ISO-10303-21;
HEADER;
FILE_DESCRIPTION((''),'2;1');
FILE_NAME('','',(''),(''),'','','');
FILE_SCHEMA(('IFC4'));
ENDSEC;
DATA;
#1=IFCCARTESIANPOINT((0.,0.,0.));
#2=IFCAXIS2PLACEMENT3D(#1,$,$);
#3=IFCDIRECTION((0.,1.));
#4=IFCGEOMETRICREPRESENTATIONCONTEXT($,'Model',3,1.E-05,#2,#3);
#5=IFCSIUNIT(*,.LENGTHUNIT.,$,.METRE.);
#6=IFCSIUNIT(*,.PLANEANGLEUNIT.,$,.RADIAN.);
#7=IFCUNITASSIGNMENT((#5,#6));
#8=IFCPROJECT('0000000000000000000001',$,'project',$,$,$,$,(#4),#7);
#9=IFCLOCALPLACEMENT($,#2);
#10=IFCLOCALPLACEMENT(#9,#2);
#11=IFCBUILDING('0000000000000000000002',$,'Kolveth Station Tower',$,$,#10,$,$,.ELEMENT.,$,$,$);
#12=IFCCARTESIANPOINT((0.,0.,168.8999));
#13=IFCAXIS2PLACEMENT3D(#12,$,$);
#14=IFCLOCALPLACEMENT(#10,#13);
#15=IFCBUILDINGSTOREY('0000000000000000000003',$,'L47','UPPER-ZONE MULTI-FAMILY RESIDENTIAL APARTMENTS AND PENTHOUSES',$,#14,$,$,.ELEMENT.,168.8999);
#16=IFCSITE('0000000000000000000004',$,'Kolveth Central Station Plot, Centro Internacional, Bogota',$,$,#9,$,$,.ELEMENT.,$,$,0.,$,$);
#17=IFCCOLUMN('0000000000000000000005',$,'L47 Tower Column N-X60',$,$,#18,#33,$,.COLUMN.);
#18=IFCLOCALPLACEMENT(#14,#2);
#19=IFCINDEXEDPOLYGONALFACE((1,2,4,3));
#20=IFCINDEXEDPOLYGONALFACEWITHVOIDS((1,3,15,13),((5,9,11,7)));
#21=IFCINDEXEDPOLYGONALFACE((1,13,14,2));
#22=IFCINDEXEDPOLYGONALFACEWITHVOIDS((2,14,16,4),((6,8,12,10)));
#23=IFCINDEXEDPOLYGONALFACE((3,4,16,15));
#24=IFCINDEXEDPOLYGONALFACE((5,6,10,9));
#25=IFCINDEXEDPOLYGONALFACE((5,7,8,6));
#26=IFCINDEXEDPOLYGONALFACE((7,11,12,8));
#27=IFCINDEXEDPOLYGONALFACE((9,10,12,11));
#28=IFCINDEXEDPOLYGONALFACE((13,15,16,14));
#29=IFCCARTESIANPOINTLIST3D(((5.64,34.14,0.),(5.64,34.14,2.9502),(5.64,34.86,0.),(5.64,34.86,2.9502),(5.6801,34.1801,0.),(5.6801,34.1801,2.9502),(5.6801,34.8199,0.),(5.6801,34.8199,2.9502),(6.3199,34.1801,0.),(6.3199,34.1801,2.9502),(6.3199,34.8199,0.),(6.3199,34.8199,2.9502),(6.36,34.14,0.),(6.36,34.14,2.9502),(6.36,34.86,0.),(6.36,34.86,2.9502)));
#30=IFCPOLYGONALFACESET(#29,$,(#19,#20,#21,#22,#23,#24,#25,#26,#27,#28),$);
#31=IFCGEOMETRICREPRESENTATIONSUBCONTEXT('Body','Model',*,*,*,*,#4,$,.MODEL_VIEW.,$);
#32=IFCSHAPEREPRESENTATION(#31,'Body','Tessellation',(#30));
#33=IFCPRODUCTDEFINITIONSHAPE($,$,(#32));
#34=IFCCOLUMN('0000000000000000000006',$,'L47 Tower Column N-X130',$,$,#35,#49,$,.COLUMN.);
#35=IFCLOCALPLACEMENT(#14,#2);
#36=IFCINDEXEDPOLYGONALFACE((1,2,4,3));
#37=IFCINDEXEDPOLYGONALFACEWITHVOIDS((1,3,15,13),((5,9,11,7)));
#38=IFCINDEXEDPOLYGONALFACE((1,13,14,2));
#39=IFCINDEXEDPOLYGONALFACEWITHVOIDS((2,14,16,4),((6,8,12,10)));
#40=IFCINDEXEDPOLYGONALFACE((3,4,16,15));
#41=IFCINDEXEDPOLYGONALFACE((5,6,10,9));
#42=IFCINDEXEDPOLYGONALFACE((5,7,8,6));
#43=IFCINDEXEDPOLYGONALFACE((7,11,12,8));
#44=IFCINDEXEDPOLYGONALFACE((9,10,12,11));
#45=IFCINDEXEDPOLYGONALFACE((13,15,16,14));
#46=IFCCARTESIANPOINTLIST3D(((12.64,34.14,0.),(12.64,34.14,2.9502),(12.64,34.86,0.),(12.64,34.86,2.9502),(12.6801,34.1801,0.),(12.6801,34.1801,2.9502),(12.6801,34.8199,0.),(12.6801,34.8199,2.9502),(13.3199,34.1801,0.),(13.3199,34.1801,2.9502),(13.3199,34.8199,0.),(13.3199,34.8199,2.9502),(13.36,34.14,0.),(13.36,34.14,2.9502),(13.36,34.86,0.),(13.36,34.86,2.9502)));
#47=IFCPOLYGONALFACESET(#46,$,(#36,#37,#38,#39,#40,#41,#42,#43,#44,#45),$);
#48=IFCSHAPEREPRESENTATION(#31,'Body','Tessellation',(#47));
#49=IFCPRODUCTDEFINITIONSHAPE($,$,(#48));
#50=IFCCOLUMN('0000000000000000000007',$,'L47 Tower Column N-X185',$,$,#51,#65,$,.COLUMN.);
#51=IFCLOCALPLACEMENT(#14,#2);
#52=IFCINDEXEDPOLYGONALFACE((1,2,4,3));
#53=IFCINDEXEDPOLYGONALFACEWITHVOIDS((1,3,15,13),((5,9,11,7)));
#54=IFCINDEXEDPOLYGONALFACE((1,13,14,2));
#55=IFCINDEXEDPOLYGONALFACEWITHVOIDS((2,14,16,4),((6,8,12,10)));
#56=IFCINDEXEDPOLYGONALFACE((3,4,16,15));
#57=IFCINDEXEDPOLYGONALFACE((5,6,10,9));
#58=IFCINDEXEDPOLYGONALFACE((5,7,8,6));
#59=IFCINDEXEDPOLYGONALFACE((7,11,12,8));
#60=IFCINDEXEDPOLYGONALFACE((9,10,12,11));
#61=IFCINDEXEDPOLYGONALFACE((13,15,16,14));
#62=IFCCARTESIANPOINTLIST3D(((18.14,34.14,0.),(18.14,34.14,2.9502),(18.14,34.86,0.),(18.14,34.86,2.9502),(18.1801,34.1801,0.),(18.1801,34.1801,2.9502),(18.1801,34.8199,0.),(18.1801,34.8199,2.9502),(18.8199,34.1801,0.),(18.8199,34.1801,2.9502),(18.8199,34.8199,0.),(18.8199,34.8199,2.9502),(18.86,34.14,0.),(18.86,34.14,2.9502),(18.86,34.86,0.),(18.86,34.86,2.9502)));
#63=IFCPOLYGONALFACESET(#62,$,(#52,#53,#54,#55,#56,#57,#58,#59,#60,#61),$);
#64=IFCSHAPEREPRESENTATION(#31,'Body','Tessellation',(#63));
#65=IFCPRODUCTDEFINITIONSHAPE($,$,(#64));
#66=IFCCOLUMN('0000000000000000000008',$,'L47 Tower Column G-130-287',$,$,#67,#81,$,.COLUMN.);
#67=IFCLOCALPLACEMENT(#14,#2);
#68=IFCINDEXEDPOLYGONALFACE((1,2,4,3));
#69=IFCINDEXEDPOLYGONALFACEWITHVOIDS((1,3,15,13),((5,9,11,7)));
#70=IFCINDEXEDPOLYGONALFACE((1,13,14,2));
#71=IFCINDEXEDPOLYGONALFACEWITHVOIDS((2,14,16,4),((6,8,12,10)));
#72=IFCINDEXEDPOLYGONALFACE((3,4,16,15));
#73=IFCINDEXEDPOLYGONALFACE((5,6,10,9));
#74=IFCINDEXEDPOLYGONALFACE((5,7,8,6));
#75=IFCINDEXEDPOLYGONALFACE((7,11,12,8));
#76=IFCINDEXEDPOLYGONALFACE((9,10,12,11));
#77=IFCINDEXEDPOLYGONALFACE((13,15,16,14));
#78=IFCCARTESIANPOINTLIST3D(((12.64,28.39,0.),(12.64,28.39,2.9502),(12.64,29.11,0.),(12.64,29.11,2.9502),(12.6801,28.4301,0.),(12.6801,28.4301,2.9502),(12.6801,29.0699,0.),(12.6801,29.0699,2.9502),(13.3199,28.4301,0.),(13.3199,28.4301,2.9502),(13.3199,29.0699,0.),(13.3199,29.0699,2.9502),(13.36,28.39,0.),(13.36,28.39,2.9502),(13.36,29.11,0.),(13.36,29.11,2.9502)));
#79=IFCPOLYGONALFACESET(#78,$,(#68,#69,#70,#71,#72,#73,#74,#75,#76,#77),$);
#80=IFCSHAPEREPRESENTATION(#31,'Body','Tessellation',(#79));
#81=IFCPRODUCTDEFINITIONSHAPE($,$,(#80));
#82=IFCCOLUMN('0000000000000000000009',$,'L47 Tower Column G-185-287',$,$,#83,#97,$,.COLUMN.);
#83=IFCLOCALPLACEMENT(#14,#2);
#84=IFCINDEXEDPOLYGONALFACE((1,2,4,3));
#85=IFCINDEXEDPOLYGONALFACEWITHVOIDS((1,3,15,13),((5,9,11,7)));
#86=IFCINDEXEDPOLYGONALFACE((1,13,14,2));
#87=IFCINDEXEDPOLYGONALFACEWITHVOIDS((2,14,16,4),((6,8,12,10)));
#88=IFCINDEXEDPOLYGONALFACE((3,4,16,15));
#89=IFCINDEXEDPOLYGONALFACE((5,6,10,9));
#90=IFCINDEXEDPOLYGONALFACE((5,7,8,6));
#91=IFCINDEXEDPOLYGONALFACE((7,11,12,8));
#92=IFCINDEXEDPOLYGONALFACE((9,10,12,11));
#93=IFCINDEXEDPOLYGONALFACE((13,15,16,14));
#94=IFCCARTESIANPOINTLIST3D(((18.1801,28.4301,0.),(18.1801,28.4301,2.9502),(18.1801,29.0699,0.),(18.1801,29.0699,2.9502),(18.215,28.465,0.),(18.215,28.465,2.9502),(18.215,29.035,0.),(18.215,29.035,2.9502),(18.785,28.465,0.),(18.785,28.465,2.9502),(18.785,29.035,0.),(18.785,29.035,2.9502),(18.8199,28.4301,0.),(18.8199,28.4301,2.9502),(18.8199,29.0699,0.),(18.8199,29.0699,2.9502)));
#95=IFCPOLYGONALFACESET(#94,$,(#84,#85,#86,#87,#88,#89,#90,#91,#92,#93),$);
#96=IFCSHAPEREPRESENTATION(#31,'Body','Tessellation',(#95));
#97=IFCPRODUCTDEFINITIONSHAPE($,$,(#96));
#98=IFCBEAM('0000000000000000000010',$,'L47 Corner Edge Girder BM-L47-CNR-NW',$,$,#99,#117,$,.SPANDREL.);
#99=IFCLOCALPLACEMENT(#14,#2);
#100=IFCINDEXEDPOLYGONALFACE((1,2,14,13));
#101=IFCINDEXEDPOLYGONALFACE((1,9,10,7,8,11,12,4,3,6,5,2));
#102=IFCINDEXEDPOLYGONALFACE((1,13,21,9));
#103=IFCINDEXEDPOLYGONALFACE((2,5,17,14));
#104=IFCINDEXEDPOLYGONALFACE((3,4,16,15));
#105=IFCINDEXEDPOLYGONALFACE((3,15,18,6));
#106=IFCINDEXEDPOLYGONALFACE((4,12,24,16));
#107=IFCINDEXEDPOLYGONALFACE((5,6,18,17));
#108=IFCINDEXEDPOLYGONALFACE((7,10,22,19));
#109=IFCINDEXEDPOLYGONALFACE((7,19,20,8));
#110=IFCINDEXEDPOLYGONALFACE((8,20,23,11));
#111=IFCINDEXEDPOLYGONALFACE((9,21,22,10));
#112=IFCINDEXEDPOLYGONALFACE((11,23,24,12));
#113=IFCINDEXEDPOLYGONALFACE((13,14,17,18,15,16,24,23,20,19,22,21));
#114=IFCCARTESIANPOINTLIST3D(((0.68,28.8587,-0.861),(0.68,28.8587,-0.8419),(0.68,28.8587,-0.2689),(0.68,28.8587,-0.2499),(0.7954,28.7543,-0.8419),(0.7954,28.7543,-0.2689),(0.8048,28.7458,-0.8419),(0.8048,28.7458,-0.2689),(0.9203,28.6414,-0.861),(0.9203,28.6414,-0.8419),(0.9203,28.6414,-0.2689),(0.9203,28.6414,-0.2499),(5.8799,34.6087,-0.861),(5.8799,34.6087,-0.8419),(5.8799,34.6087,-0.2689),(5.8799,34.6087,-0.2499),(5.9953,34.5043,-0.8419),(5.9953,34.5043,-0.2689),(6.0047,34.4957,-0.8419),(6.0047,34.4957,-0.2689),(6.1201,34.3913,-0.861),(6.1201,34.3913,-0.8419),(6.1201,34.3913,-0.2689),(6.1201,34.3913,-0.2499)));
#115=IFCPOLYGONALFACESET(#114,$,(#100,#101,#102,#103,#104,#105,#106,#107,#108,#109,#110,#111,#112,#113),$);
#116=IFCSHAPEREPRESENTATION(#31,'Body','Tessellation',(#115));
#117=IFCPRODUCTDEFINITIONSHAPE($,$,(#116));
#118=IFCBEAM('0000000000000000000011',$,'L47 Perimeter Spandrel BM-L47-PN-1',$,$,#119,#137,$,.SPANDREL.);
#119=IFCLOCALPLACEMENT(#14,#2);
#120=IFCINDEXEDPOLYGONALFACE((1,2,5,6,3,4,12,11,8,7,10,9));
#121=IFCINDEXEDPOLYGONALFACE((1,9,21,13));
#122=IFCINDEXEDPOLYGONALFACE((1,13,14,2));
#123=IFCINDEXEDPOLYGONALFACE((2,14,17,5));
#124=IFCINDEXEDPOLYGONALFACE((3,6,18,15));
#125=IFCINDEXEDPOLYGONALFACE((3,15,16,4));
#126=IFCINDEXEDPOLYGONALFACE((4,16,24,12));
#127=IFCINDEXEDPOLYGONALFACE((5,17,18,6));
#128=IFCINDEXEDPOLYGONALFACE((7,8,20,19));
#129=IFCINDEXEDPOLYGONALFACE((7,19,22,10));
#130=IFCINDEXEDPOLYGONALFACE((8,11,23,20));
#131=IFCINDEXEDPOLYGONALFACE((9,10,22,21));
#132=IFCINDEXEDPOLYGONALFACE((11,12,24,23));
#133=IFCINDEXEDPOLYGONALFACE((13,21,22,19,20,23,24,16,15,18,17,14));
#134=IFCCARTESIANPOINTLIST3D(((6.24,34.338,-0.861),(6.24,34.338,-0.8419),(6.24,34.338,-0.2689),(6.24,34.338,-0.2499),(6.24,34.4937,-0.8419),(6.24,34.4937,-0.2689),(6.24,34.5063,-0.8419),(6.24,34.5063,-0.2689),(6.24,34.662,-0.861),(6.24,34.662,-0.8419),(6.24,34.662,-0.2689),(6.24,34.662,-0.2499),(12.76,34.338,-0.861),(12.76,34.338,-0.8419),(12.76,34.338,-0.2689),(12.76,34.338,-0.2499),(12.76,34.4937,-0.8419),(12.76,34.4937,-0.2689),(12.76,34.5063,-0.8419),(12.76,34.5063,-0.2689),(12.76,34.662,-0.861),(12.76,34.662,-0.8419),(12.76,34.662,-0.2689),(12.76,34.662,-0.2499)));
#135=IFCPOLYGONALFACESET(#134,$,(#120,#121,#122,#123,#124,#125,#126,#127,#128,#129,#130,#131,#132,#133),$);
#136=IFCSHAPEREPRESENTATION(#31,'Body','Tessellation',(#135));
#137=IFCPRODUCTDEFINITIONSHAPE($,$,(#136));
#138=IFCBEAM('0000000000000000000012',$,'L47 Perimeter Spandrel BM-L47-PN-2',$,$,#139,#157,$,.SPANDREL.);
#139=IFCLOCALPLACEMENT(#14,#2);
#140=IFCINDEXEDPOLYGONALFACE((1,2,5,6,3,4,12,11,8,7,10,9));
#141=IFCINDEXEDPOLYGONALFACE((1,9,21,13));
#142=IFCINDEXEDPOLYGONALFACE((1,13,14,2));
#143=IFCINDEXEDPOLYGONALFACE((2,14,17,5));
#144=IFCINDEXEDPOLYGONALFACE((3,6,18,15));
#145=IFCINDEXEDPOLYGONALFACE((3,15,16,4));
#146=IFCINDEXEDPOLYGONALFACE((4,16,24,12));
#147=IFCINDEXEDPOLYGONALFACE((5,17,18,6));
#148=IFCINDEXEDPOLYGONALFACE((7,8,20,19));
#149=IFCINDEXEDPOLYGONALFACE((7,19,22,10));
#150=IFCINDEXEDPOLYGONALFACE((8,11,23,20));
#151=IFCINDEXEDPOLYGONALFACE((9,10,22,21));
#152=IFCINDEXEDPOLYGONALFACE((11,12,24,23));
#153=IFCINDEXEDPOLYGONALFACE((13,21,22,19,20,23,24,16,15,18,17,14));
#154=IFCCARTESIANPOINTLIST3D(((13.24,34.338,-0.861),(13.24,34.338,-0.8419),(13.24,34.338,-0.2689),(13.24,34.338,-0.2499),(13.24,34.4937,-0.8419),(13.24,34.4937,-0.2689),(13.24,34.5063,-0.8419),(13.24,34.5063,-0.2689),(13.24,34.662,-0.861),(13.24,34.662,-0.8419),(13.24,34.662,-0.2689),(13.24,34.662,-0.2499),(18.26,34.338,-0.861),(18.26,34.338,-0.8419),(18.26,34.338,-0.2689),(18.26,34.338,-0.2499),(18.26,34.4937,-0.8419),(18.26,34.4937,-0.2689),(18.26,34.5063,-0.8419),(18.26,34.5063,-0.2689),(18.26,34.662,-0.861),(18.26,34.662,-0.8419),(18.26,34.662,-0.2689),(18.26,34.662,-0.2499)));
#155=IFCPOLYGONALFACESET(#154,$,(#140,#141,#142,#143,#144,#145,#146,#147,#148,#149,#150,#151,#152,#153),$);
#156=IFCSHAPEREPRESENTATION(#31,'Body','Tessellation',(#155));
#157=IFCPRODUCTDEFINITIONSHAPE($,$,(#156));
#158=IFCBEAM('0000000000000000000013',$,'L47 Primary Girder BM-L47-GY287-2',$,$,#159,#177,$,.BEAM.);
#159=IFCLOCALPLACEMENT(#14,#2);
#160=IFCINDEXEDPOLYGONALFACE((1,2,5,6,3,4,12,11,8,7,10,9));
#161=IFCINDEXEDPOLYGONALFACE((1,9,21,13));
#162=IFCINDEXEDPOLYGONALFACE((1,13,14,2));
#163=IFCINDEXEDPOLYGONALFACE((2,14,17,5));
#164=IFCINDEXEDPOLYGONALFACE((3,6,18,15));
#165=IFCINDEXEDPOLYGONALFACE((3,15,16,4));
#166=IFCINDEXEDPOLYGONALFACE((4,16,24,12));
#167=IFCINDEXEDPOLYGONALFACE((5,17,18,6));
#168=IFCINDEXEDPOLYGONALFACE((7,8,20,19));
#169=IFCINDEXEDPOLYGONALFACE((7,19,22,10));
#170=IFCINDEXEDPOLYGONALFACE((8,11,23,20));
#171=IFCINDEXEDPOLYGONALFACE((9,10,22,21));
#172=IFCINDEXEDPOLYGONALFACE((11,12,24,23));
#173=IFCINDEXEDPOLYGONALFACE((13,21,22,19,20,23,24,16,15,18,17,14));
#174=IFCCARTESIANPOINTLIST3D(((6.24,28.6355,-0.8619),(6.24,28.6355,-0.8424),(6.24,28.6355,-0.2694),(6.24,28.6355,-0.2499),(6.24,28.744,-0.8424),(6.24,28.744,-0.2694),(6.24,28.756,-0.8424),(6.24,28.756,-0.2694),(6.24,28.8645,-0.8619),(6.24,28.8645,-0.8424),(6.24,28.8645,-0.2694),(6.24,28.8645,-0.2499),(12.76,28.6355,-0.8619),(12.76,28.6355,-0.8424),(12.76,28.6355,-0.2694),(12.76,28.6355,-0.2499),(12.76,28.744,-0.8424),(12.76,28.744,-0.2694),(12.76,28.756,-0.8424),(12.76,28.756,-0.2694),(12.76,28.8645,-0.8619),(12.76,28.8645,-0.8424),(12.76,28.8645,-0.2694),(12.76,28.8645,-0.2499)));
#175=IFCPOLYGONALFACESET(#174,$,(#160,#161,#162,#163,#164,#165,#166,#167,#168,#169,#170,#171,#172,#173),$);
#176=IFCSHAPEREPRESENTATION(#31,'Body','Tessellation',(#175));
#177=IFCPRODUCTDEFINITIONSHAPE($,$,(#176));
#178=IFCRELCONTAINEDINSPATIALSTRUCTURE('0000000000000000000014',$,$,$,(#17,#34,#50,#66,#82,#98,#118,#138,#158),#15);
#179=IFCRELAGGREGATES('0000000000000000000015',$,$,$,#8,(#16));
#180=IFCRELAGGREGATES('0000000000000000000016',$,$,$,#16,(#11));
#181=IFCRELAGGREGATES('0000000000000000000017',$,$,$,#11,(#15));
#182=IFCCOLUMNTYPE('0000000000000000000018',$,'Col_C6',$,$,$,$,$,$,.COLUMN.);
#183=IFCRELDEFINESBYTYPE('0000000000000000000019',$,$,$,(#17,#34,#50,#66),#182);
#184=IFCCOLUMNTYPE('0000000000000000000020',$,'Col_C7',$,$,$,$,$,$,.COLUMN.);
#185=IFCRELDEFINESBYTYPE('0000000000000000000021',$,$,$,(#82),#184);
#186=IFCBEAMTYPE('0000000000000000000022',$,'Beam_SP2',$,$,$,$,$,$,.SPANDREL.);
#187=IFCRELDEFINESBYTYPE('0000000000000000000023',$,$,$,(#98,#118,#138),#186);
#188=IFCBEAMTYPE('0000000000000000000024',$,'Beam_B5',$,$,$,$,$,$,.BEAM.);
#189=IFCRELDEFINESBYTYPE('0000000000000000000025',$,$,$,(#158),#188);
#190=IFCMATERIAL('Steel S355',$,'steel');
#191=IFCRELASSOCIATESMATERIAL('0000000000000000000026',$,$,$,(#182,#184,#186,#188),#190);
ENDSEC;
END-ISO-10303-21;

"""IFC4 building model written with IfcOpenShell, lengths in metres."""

from ifc_helpers import new_model, si_unit, direction, frame, origin, origin_2d, place, context, subcontext, project, spatial, hollow_rectangle, i_section, extrude, source, transform, mapped, material, material_profile, profile_set, type_object, element, save


model = new_model("IFC4")

# Units and contexts
model_context = context("Model", 3, precision=1e-05, world=origin(), true_north=direction((0.0, 1.0)))
body_context = subcontext(model_context, "Body", "Model", "MODEL_VIEW")
ifc_project = project(units=[si_unit("LENGTHUNIT", "METRE"), si_unit("PLANEANGLEUNIT", "RADIAN")], contexts=[model_context])

# Site, building, storey
site_placement = place(None, origin())
site = spatial("IfcSite", under=ifc_project, at=site_placement, Name="Kolveth Central Station Plot, Centro Internacional, Bogota", CompositionType="ELEMENT", RefElevation=0.0)
building_placement = place(site_placement, origin())
building = spatial("IfcBuilding", under=site, at=building_placement, Name="Kolveth Station Tower", CompositionType="ELEMENT")
storey_placement = place(building_placement, frame((0.0, 0.0, 168.8999)))
storey = spatial("IfcBuildingStorey", under=building, at=storey_placement, Name="L47", Description="UPPER-ZONE MULTI-FAMILY RESIDENTIAL APARTMENTS AND PENTHOUSES", CompositionType="ELEMENT", Elevation=168.8999)

# Columns
ifc_material_1 = material(Name="Steel S355", Category="steel")
ifc_material_profile_1 = material_profile(ifc_material_1, hollow_rectangle(XDim=0.72, YDim=0.72, WallThickness=0.04, at=origin_2d()), Name="BOX720x720x40")
ifc_profile_set_1 = profile_set([ifc_material_profile_1], Name="Steel S355")
column_type_1 = type_object("IfcColumnType", Name="Col_C6", PredefinedType="COLUMN", material=ifc_profile_set_1)
shared_shape_1 = source(origin(), body_context, "Body", "SweptSolid", [
    extrude(hollow_rectangle(XDim=0.72, YDim=0.72, WallThickness=0.04, at=origin_2d()), origin(), (0.0, 0.0, 1.0), 2.9502),
])
for number, where, z_axis, x_axis, name in (
    (1, (6.0, 34.5, 0.0), (0.0, 0.0, 1.0), (1.0, 0.0, 0.0), "L47 Tower Column N-X60"),
    (2, (13.0, 34.5, 0.0), (0.0, 0.0, 1.0), (1.0, 0.0, 0.0), "L47 Tower Column N-X130"),
    (3, (18.5, 34.5, 0.0), (0.0, 0.0, 1.0), (1.0, 0.0, 0.0), "L47 Tower Column N-X185"),
    (4, (13.0, 28.75, 0.0), (0.0, 0.0, 1.0), (1.0, 0.0, 0.0), "L47 Tower Column G-130-287"),
):
    element("IfcColumn", number, at=place(storey_placement, frame(where, z_axis=z_axis, x_axis=x_axis)), inside=storey, type_object=column_type_1, Name=name, PredefinedType="COLUMN", context=body_context, shape_type="MappedRepresentation", body=[
        mapped(shared_shape_1, transform((0.0, 0.0, 0.0), x_axis=(1.0, 0.0, 0.0), y_axis=(0.0, 1.0, 0.0), z_axis=(0.0, 0.0, 1.0), scale=1.0)),
    ])
ifc_material_profile_2 = material_profile(ifc_material_1, hollow_rectangle(XDim=0.6399, YDim=0.6399, WallThickness=0.0349, at=origin_2d()), Name="BOX640x640x35")
ifc_profile_set_2 = profile_set([ifc_material_profile_2], Name="Steel S355")
column_type_2 = type_object("IfcColumnType", Name="Col_C7", PredefinedType="COLUMN", material=ifc_profile_set_2)
shared_shape_2 = source(origin(), body_context, "Body", "SweptSolid", [
    extrude(hollow_rectangle(XDim=0.6399, YDim=0.6399, WallThickness=0.0349, at=origin_2d()), origin(), (0.0, 0.0, 1.0), 2.9502),
])
column_placement = place(storey_placement, frame((18.5, 28.75, 0.0), z_axis=(0.0, 0.0, 1.0), x_axis=(1.0, 0.0, 0.0)))
element("IfcColumn", 5, at=column_placement, inside=storey, type_object=column_type_2, Name="L47 Tower Column G-185-287", PredefinedType="COLUMN", context=body_context, shape_type="MappedRepresentation", body=[
    mapped(shared_shape_2, transform((0.0, 0.0, 0.0), x_axis=(1.0, 0.0, 0.0), y_axis=(0.0, 1.0, 0.0), z_axis=(0.0, 0.0, 1.0), scale=1.0)),
])

# Beams
ifc_material_profile_3 = material_profile(ifc_material_1, i_section(OverallWidth=0.324, OverallDepth=0.6111, WebThickness=0.0127, FlangeThickness=0.019, at=origin_2d()), Name="W610x155")
ifc_profile_set_3 = profile_set([ifc_material_profile_3], Name="Steel S355")
beam_type_1 = type_object("IfcBeamType", Name="Beam_SP2", PredefinedType="SPANDREL", material=ifc_profile_set_3)
shared_shape_3 = source(origin(), body_context, "Body", "SweptSolid", [
    extrude(i_section(OverallWidth=0.324, OverallDepth=0.6111, WebThickness=0.0127, FlangeThickness=0.019, at=origin_2d()), origin(), (0.0, 0.0, 1.0), 7.7524),
])
beam_1_placement = place(storey_placement, frame((6.0, 34.5, -0.5554), z_axis=(-0.670741, -0.741692, 0.0), x_axis=(0.741692, -0.670741, 0.0)))
element("IfcBeam", 6, at=beam_1_placement, inside=storey, type_object=beam_type_1, Name="L47 Corner Edge Girder BM-L47-CNR-NW", PredefinedType="SPANDREL", context=body_context, shape_type="MappedRepresentation", body=[
    mapped(shared_shape_3, transform((0.0, 0.0, 0.0), x_axis=(1.0, 0.0, 0.0), y_axis=(0.0, 1.0, 0.0), z_axis=(0.0, 0.0, 1.0), scale=1.0)),
])
shared_shape_4 = source(origin(), body_context, "Body", "SweptSolid", [
    extrude(i_section(OverallWidth=0.324, OverallDepth=0.6111, WebThickness=0.0127, FlangeThickness=0.019, at=origin_2d()), origin(), (0.0, 0.0, 1.0), 6.52),
])
beam_2_placement = place(storey_placement, frame((6.24, 34.5, -0.5554), z_axis=(1.0, 0.0, 0.0), x_axis=(0.0, 1.0, 0.0)))
element("IfcBeam", 7, at=beam_2_placement, inside=storey, type_object=beam_type_1, Name="L47 Perimeter Spandrel BM-L47-PN-1", PredefinedType="SPANDREL", context=body_context, shape_type="MappedRepresentation", body=[
    mapped(shared_shape_4, transform((0.0, 0.0, 0.0), x_axis=(1.0, 0.0, 0.0), y_axis=(0.0, 1.0, 0.0), z_axis=(0.0, 0.0, 1.0), scale=1.0)),
])
shared_shape_5 = source(origin(), body_context, "Body", "SweptSolid", [
    extrude(i_section(OverallWidth=0.324, OverallDepth=0.6111, WebThickness=0.0127, FlangeThickness=0.019, at=origin_2d()), origin(), (0.0, 0.0, 1.0), 5.02),
])
beam_3_placement = place(storey_placement, frame((13.24, 34.5, -0.5554), z_axis=(1.0, 0.0, 0.0), x_axis=(0.0, 1.0, 0.0)))
element("IfcBeam", 8, at=beam_3_placement, inside=storey, type_object=beam_type_1, Name="L47 Perimeter Spandrel BM-L47-PN-2", PredefinedType="SPANDREL", context=body_context, shape_type="MappedRepresentation", body=[
    mapped(shared_shape_5, transform((0.0, 0.0, 0.0), x_axis=(1.0, 0.0, 0.0), y_axis=(0.0, 1.0, 0.0), z_axis=(0.0, 0.0, 1.0), scale=1.0)),
])
ifc_material_profile_4 = material_profile(ifc_material_1, i_section(OverallWidth=0.229, OverallDepth=0.6121, WebThickness=0.012, FlangeThickness=0.0195, at=origin_2d()), Name="W610x125")
ifc_profile_set_4 = profile_set([ifc_material_profile_4], Name="Steel S355")
beam_type_2 = type_object("IfcBeamType", Name="Beam_B5", PredefinedType="BEAM", material=ifc_profile_set_4)
shared_shape_6 = source(origin(), body_context, "Body", "SweptSolid", [
    extrude(i_section(OverallWidth=0.229, OverallDepth=0.6121, WebThickness=0.012, FlangeThickness=0.0195, at=origin_2d()), origin(), (0.0, 0.0, 1.0), 6.52),
])
beam_4_placement = place(storey_placement, frame((6.24, 28.75, -0.5559), z_axis=(1.0, 0.0, 0.0), x_axis=(0.0, 1.0, 0.0)))
element("IfcBeam", 9, at=beam_4_placement, inside=storey, type_object=beam_type_2, Name="L47 Primary Girder BM-L47-GY287-2", PredefinedType="BEAM", context=body_context, shape_type="MappedRepresentation", body=[
    mapped(shared_shape_6, transform((0.0, 0.0, 0.0), x_axis=(1.0, 0.0, 0.0), y_axis=(0.0, 1.0, 0.0), z_axis=(0.0, 0.0, 1.0), scale=1.0)),
])

save(model, "model.ifc")
